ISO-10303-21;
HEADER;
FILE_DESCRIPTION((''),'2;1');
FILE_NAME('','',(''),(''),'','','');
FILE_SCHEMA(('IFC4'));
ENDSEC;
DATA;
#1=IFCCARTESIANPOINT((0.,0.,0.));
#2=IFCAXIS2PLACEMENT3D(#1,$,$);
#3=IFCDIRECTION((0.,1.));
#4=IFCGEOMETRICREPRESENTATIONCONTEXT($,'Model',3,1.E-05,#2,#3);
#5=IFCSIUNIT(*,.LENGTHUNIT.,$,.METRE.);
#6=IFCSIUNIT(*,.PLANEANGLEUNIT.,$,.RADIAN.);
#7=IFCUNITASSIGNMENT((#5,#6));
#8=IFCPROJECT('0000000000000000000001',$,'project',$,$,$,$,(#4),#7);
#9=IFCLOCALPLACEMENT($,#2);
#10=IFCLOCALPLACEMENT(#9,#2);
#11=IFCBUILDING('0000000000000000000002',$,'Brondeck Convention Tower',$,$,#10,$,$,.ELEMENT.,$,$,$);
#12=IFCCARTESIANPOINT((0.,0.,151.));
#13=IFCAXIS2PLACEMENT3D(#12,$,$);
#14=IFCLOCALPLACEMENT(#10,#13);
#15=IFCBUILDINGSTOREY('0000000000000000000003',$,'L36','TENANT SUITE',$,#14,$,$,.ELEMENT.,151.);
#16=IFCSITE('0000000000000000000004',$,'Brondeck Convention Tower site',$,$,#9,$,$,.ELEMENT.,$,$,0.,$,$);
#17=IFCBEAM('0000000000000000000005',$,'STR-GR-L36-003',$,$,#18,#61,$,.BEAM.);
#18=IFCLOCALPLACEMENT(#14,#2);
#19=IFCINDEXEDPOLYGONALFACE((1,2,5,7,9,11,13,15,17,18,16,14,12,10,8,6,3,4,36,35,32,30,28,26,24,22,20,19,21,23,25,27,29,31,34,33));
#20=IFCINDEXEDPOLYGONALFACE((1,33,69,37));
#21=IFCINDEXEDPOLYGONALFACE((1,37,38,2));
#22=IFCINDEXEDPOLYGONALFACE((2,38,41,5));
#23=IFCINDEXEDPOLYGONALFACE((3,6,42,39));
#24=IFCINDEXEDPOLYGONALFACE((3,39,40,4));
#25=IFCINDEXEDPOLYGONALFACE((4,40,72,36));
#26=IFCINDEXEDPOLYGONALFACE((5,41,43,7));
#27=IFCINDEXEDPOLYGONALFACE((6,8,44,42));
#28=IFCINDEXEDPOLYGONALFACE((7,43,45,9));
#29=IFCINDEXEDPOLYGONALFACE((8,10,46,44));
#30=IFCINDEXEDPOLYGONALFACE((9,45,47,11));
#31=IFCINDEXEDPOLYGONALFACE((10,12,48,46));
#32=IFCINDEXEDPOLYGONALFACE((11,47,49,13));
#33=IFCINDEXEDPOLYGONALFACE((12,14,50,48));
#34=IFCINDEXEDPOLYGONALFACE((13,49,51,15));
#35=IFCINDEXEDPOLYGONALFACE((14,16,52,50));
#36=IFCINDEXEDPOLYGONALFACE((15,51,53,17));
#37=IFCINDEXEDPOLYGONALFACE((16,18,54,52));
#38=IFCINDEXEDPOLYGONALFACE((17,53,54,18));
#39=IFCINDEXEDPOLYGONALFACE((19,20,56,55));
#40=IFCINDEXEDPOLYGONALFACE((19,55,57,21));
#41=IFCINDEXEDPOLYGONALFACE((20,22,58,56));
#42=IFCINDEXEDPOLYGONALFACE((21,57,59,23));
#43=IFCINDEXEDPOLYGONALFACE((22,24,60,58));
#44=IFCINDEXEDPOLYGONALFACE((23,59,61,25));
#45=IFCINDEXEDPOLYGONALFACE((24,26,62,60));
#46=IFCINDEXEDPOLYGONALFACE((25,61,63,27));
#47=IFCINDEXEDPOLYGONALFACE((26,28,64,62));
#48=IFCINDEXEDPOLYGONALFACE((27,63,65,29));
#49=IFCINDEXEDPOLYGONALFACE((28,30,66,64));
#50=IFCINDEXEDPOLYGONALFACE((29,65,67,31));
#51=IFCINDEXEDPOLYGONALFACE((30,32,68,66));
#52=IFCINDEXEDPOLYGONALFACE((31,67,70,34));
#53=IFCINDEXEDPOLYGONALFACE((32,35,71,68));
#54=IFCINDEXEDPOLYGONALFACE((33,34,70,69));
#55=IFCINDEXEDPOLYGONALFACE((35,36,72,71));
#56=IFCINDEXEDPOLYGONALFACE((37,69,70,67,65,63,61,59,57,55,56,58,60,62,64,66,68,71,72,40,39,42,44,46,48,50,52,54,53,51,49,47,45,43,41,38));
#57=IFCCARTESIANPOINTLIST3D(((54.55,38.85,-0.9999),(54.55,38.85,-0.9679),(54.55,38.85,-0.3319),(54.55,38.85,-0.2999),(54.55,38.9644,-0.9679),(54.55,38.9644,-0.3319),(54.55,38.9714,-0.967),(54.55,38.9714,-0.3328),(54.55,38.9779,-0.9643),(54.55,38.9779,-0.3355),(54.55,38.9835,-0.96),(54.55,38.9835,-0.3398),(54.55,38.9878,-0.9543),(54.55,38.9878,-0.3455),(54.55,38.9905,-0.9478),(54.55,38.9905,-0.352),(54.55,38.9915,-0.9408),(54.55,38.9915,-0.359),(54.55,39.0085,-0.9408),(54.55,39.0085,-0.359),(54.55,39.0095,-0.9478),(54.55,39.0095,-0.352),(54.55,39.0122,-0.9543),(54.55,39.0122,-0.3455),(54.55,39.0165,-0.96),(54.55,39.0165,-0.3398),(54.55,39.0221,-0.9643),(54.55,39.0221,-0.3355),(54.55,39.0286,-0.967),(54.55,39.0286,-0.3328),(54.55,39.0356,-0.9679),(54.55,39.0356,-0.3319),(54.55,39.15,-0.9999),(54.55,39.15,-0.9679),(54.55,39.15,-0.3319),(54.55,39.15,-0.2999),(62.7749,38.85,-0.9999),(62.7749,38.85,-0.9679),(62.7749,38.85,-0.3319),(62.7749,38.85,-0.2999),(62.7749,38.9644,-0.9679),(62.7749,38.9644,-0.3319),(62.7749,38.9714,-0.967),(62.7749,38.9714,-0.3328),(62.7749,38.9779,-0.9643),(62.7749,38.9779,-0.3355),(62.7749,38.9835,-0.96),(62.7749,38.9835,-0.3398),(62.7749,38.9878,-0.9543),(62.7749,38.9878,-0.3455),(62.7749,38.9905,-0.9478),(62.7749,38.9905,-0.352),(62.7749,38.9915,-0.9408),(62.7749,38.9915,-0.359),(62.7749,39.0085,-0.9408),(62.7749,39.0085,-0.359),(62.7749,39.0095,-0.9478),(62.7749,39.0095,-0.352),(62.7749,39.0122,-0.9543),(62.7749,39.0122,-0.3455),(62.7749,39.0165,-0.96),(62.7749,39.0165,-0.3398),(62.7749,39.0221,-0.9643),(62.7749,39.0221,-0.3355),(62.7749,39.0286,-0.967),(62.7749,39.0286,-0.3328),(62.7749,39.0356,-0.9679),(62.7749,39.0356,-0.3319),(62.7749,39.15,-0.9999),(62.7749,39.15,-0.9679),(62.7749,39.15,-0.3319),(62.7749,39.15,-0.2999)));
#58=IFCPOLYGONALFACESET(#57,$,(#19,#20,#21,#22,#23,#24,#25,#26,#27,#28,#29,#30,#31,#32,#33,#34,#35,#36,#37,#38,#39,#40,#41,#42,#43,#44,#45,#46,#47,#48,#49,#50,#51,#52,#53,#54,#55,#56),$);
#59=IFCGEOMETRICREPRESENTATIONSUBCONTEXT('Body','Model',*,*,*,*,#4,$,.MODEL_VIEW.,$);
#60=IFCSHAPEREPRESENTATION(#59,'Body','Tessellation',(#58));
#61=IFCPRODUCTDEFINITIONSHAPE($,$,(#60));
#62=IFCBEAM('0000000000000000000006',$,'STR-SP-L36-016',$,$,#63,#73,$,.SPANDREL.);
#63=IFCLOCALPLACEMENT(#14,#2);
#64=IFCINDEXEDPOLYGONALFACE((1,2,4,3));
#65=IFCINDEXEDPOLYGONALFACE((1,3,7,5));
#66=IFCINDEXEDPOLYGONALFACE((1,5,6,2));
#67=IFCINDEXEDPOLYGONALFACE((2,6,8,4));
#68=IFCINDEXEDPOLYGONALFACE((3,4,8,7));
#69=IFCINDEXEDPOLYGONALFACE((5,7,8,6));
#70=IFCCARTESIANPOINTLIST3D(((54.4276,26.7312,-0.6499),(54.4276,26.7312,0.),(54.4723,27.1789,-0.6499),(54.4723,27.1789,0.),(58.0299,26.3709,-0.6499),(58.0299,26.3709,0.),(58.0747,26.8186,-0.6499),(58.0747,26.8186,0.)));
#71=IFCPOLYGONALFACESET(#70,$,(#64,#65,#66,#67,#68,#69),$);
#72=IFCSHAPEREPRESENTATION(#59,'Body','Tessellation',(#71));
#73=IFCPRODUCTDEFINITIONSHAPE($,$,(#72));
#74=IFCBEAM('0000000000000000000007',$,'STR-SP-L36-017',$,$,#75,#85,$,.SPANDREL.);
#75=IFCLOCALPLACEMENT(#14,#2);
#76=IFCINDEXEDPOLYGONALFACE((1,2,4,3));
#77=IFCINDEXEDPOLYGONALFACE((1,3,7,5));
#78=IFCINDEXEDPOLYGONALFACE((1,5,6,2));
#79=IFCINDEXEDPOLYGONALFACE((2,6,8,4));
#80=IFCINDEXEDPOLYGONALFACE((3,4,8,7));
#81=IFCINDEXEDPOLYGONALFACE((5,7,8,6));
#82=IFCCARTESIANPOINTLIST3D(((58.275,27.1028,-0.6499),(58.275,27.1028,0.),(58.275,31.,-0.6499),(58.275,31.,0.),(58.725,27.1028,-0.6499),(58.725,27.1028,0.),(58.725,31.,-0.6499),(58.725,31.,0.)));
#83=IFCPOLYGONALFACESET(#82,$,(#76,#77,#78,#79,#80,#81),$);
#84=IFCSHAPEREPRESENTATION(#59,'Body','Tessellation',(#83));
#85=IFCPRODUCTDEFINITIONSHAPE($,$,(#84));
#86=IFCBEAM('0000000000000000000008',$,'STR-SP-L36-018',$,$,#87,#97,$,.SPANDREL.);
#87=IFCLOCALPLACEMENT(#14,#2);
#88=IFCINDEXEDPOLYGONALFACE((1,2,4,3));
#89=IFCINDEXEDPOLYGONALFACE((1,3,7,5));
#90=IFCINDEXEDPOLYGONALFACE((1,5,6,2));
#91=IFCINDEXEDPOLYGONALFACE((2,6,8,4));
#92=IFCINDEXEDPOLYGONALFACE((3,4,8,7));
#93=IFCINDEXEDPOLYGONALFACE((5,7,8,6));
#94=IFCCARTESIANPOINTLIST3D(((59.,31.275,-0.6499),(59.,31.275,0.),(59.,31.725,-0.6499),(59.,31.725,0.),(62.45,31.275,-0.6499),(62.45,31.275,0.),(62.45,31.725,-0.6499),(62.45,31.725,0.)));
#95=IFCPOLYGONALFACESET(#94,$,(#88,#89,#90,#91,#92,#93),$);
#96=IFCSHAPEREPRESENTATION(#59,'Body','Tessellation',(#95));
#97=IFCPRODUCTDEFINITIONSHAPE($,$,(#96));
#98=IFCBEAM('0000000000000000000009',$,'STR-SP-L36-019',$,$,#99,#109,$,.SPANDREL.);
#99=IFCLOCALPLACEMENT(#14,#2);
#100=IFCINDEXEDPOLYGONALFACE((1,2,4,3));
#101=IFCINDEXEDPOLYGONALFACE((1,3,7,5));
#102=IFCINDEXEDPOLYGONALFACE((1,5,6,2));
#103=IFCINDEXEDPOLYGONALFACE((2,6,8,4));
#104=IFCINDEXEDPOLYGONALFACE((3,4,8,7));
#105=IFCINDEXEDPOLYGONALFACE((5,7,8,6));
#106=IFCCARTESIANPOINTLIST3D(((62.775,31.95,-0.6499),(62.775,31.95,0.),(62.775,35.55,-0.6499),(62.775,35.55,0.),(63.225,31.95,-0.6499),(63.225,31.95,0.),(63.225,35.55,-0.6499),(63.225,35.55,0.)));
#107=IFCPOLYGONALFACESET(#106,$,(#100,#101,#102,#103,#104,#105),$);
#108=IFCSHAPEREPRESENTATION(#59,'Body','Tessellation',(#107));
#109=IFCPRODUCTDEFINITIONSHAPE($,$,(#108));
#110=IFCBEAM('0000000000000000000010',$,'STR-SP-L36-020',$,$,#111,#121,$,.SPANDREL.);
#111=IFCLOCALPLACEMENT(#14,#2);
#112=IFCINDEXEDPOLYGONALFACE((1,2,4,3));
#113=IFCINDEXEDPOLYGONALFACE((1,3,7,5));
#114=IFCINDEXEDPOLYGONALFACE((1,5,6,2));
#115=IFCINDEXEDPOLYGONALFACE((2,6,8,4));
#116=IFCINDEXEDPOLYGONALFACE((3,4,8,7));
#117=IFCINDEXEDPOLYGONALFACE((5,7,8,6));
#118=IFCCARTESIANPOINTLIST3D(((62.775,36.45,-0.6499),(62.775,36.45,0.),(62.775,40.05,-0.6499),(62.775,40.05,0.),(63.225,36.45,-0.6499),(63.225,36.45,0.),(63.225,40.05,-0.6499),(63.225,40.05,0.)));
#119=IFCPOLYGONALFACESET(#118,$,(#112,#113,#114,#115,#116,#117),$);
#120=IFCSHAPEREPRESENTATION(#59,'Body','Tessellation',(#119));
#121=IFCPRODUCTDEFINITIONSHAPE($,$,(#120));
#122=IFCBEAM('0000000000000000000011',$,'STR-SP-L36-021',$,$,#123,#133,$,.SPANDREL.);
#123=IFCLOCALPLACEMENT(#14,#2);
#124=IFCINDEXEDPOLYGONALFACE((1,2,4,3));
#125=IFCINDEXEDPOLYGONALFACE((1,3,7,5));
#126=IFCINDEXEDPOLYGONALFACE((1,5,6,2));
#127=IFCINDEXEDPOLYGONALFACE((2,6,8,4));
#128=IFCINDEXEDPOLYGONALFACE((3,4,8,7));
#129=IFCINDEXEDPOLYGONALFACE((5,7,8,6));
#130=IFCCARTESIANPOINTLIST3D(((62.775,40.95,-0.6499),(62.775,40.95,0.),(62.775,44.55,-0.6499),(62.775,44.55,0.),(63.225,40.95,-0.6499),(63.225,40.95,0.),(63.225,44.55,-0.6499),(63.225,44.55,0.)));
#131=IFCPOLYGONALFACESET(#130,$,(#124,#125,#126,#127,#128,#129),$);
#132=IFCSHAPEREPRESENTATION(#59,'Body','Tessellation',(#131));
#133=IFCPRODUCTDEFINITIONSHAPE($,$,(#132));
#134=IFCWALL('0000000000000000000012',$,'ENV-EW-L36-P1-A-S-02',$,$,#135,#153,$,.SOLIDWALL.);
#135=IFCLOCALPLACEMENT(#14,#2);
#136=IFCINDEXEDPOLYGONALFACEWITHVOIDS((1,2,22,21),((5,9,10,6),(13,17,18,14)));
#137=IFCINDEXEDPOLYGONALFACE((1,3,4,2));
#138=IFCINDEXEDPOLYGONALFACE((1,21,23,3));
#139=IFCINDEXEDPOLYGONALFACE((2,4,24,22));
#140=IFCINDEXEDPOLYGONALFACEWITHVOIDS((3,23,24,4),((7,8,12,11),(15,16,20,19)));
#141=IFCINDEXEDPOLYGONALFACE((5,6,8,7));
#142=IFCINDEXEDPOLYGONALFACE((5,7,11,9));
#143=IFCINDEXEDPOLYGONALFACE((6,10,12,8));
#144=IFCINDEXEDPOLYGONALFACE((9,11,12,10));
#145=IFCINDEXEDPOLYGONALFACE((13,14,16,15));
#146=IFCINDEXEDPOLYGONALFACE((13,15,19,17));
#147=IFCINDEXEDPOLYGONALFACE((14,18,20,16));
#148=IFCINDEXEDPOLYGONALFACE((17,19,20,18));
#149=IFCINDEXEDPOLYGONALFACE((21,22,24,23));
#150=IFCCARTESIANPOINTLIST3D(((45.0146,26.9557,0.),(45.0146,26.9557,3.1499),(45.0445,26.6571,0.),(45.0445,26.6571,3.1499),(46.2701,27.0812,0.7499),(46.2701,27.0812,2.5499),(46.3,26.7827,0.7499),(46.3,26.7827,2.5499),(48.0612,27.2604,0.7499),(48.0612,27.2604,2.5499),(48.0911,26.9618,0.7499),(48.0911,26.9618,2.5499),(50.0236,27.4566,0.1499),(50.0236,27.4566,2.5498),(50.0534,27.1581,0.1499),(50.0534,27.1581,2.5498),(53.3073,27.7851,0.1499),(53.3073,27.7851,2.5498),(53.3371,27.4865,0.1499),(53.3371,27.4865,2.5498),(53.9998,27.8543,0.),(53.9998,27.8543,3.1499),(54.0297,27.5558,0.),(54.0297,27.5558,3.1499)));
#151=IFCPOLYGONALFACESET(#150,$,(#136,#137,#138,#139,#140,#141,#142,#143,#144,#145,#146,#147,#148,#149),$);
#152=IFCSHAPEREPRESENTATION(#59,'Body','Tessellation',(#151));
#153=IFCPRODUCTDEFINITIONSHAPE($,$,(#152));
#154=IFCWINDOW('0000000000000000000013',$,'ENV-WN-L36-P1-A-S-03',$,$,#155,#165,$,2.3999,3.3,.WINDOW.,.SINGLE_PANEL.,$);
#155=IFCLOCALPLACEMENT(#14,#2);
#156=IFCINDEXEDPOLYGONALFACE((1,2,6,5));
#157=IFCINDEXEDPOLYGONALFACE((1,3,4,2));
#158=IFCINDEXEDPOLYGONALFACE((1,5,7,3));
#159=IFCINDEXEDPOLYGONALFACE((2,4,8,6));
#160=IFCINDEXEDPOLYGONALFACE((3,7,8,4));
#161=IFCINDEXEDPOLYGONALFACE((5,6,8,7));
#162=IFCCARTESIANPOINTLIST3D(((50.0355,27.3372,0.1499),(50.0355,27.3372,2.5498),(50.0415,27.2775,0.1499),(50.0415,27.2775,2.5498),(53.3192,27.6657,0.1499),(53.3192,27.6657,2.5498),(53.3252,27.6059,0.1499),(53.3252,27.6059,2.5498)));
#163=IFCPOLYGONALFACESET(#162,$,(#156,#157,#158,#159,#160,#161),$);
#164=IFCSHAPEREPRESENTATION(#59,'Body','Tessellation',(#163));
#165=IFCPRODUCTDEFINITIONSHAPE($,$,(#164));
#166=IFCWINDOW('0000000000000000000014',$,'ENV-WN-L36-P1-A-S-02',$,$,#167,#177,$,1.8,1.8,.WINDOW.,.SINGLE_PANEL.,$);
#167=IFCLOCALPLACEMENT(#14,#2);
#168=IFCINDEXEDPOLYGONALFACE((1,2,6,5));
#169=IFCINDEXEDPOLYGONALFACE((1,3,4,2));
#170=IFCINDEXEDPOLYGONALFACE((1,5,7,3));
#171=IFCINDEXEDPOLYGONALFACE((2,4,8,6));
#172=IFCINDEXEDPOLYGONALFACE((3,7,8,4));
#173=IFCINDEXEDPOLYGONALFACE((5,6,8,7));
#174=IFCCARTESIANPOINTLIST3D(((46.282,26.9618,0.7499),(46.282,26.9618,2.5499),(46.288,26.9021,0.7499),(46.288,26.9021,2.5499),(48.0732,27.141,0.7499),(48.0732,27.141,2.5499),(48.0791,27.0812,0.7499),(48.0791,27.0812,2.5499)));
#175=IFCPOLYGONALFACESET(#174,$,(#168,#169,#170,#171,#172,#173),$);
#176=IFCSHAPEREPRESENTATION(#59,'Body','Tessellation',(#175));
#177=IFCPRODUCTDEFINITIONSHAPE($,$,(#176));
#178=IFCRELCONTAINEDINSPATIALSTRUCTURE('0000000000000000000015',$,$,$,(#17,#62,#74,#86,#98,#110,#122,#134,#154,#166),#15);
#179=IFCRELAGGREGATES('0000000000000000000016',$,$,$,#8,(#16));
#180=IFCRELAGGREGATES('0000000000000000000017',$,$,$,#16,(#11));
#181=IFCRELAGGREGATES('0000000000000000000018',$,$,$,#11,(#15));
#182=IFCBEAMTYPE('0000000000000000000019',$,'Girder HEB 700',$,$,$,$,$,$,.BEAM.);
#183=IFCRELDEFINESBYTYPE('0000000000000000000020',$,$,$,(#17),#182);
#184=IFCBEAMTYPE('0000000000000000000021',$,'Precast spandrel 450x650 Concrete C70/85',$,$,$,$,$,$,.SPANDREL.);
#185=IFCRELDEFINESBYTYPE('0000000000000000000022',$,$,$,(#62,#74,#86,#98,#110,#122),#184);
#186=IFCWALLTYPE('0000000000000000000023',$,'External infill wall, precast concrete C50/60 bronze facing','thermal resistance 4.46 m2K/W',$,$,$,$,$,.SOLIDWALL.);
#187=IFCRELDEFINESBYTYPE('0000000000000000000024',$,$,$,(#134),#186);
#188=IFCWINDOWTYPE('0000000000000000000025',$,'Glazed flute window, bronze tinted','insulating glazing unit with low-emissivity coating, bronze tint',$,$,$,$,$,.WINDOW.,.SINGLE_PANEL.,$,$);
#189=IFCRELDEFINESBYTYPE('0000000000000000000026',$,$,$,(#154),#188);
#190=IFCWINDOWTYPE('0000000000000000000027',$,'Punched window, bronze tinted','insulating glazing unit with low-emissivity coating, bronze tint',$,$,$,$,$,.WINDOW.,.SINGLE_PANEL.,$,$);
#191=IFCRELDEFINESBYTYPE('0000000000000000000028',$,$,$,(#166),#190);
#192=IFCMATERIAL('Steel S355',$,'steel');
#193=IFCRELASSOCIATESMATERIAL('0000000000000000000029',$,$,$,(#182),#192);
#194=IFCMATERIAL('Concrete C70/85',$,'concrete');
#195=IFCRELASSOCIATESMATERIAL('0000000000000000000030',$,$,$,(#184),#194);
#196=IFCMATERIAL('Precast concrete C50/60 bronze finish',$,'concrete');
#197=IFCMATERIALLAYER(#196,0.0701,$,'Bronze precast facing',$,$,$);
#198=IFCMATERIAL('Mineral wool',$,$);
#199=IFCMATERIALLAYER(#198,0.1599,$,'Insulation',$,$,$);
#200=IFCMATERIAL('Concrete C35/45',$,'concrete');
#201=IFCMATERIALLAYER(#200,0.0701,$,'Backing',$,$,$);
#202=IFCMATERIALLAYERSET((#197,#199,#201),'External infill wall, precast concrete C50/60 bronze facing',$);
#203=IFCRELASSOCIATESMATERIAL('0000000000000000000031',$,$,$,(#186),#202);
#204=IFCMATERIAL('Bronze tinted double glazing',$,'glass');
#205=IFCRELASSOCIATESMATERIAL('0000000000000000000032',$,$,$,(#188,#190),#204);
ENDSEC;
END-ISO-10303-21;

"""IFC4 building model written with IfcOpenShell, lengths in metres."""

from ifc_helpers import new_model, si_unit, direction, frame, frame_2d, origin, origin_2d, place, context, subcontext, project, spatial, rectangle, i_section, extrude, material, layer, layer_set, material_profile, profile_set, type_object, element, fill, save


model = new_model("IFC4")

# Units and contexts
model_context = context("Model", 3, precision=1e-05, world=origin(), true_north=direction((0.0, 1.0)))
body_context = subcontext(model_context, "Body", "Model", "MODEL_VIEW")
ifc_project = project(units=[si_unit("LENGTHUNIT", "METRE"), si_unit("PLANEANGLEUNIT", "RADIAN")], contexts=[model_context])

# Site, building, storey
site_placement = place(None, origin())
site = spatial("IfcSite", under=ifc_project, at=site_placement, Name="Brondeck Convention Tower site", CompositionType="ELEMENT", RefElevation=0.0)
building_placement = place(site_placement, origin())
building = spatial("IfcBuilding", under=site, at=building_placement, Name="Brondeck Convention Tower", CompositionType="ELEMENT")
storey_placement = place(building_placement, frame((0.0, 0.0, 151.0)))
storey = spatial("IfcBuildingStorey", under=building, at=storey_placement, Name="L36", Description="TENANT SUITE", CompositionType="ELEMENT", Elevation=151.0)

# Shared definitions
ifc_material_1 = material(Name="Concrete C70/85", Category="concrete")

# Beams
ifc_material_2 = material(Name="Steel S355", Category="steel")
ifc_material_profile_1 = material_profile(ifc_material_2, i_section(OverallWidth=0.3, OverallDepth=0.7, WebThickness=0.0171, FlangeThickness=0.032, FilletRadius=0.0271, at=origin_2d()), Name="HEB 700")
ifc_profile_set_1 = profile_set([ifc_material_profile_1], Name="Steel S355")
beam_type_1 = type_object("IfcBeamType", Name="Girder HEB 700", PredefinedType="BEAM", material=ifc_profile_set_1)
beam_1_placement = place(storey_placement, frame((54.55, 39.0, -0.6499), z_axis=(1.0, 0.0, 0.0), x_axis=(0.0, 1.0, 0.0)))
element("IfcBeam", 1, at=beam_1_placement, inside=storey, type_object=beam_type_1, Name="STR-GR-L36-003", PredefinedType="BEAM", context=body_context, shape_type="SweptSolid", body=[
    extrude(i_section(OverallWidth=0.3, OverallDepth=0.7, WebThickness=0.0171, FlangeThickness=0.032, FilletRadius=0.0271, at=origin_2d()), origin(), (0.0, 0.0, 1.0), 8.2249),
])
ifc_material_profile_2 = material_profile(ifc_material_1, rectangle(XDim=0.45, YDim=0.6499, at=origin_2d()), Name="Precast spandrel 450x650 Concrete C70/85")
ifc_profile_set_2 = profile_set([ifc_material_profile_2], Name="Concrete C70/85")
beam_type_2 = type_object("IfcBeamType", Name="Precast spandrel 450x650 Concrete C70/85", PredefinedType="SPANDREL", material=ifc_profile_set_2)
beam_2_placement = place(storey_placement, frame((54.45, 26.9551, -0.325), z_axis=(0.995034, -0.099537, 0.0), x_axis=(0.099537, 0.995034, 0.0)))
element("IfcBeam", 2, at=beam_2_placement, inside=storey, type_object=beam_type_2, Name="STR-SP-L36-016", PredefinedType="SPANDREL", context=body_context, shape_type="SweptSolid", body=[
    extrude(rectangle(XDim=0.45, YDim=0.6499, at=origin_2d()), origin(), (0.0, 0.0, 1.0), 3.6204),
])
beam_3_placement = place(storey_placement, frame((58.5, 27.1028, -0.325), z_axis=(0.0, 1.0, 0.0), x_axis=(-1.0, 0.0, 0.0)))
element("IfcBeam", 3, at=beam_3_placement, inside=storey, type_object=beam_type_2, Name="STR-SP-L36-017", PredefinedType="SPANDREL", context=body_context, shape_type="SweptSolid", body=[
    extrude(rectangle(XDim=0.45, YDim=0.6499, at=origin_2d()), origin(), (0.0, 0.0, 1.0), 3.8972),
])
beam_4_placement = place(storey_placement, frame((59.0, 31.5, -0.325), z_axis=(1.0, 0.0, 0.0), x_axis=(0.0, 1.0, 0.0)))
element("IfcBeam", 4, at=beam_4_placement, inside=storey, type_object=beam_type_2, Name="STR-SP-L36-018", PredefinedType="SPANDREL", context=body_context, shape_type="SweptSolid", body=[
    extrude(rectangle(XDim=0.45, YDim=0.6499, at=origin_2d()), origin(), (0.0, 0.0, 1.0), 3.45),
])
for number, where, z_axis, x_axis, name in (
    (5, (63.0, 31.95, -0.325), (0.0, 1.0, 0.0), (-1.0, 0.0, 0.0), "STR-SP-L36-019"),
    (6, (63.0, 36.45, -0.325), (0.0, 1.0, 0.0), (-1.0, 0.0, 0.0), "STR-SP-L36-020"),
    (7, (63.0, 40.95, -0.325), (0.0, 1.0, 0.0), (-1.0, 0.0, 0.0), "STR-SP-L36-021"),
):
    element("IfcBeam", number, at=place(storey_placement, frame(where, z_axis=z_axis, x_axis=x_axis)), inside=storey, type_object=beam_type_2, Name=name, PredefinedType="SPANDREL", context=body_context, shape_type="SweptSolid", body=[
        extrude(rectangle(XDim=0.45, YDim=0.6499, at=origin_2d()), origin(), (0.0, 0.0, 1.0), 3.6001),
    ])

# Wall, openings, windows
ifc_material_3 = material(Name="Precast concrete C50/60 bronze finish", Category="concrete")
ifc_layer_1 = layer(ifc_material_3, 0.0701, Name="Bronze precast facing")
ifc_material_4 = material(Name="Mineral wool")
ifc_layer_2 = layer(ifc_material_4, 0.1599, Name="Insulation")
ifc_material_5 = material(Name="Concrete C35/45", Category="concrete")
ifc_layer_3 = layer(ifc_material_5, 0.0701, Name="Backing")
ifc_layer_set_1 = layer_set([ifc_layer_1, ifc_layer_2, ifc_layer_3], Name="External infill wall, precast concrete C50/60 bronze facing")
wall_type_1 = type_object("IfcWallType", Name="External infill wall, precast concrete C50/60 bronze facing", Description="thermal resistance 4.46 m2K/W", PredefinedType="SOLIDWALL", material=ifc_layer_set_1)
wall_1_placement = place(storey_placement, frame((54.0149, 27.7051, 0.0), z_axis=(0.0, 0.0, 1.0), x_axis=(-0.995035, -0.099522, 0.0)))
wall_1 = element("IfcWall", 8, at=wall_1_placement, inside=storey, type_object=wall_type_1, Name="ENV-EW-L36-P1-A-S-02", PredefinedType="SOLIDWALL", context=body_context, shape_type="SweptSolid", body=[
    extrude(rectangle(XDim=9.03, YDim=0.3, at=frame_2d((4.5151, 0.0))), origin(), (0.0, 0.0, 1.0), 3.1499),
])
opening_1_placement = place(wall_1_placement, frame((0.6963, 0.0, 0.1499)))
opening_1 = element("IfcOpeningElement", 9, at=opening_1_placement, cuts=wall_1, PredefinedType="OPENING", context=body_context, shape_type="SweptSolid", body=[
    extrude(rectangle(XDim=3.3, YDim=2.3999, at=frame_2d((1.6499, 1.2))), frame((0.0, 0.1599, 0.0), z_axis=(0.0, -1.0, 0.0), x_axis=(1.0, 0.0, 0.0)), (0.0, 0.0, 1.0), 0.3201),
])
opening_2_placement = place(wall_1_placement, frame((5.9685, 0.0, 0.75)))
opening_2 = element("IfcOpeningElement", 10, at=opening_2_placement, cuts=wall_1, PredefinedType="OPENING", context=body_context, shape_type="SweptSolid", body=[
    extrude(rectangle(XDim=1.8, YDim=1.8, at=frame_2d((0.8999, 0.8999))), frame((0.0, 0.1599, 0.0), z_axis=(0.0, -1.0, 0.0), x_axis=(1.0, 0.0, 0.0)), (0.0, 0.0, 1.0), 0.3201),
])
ifc_material_6 = material(Name="Bronze tinted double glazing", Category="glass")
window_type_1 = type_object("IfcWindowType", Name="Glazed flute window, bronze tinted", Description="insulating glazing unit with low-emissivity coating, bronze tint", PartitioningType="SINGLE_PANEL", PredefinedType="WINDOW", material=ifc_material_6)
window_1_placement = place(opening_1_placement, origin())
window_1 = element("IfcWindow", 11, at=window_1_placement, inside=storey, type_object=window_type_1, Name="ENV-WN-L36-P1-A-S-03", OverallHeight=2.3999, OverallWidth=3.3, PartitioningType="SINGLE_PANEL", PredefinedType="WINDOW", context=body_context, shape_type="SweptSolid", body=[
    extrude(rectangle(XDim=3.3, YDim=2.3999, at=frame_2d((1.6499, 1.2))), frame((0.0, 0.03, 0.0), z_axis=(0.0, -1.0, 0.0), x_axis=(1.0, 0.0, 0.0)), (0.0, 0.0, 1.0), 0.0601),
])
fill(opening_1, window_1)
window_type_2 = type_object("IfcWindowType", Name="Punched window, bronze tinted", Description="insulating glazing unit with low-emissivity coating, bronze tint", PartitioningType="SINGLE_PANEL", PredefinedType="WINDOW", material=ifc_material_6)
window_2_placement = place(opening_2_placement, origin())
window_2 = element("IfcWindow", 12, at=window_2_placement, inside=storey, type_object=window_type_2, Name="ENV-WN-L36-P1-A-S-02", OverallHeight=1.8, OverallWidth=1.8, PartitioningType="SINGLE_PANEL", PredefinedType="WINDOW", context=body_context, shape_type="SweptSolid", body=[
    extrude(rectangle(XDim=1.8, YDim=1.8, at=frame_2d((0.8999, 0.8999))), frame((0.0, 0.03, 0.0), z_axis=(0.0, -1.0, 0.0), x_axis=(1.0, 0.0, 0.0)), (0.0, 0.0, 1.0), 0.0601),
])
fill(opening_2, window_2)

save(model, "model.ifc")
